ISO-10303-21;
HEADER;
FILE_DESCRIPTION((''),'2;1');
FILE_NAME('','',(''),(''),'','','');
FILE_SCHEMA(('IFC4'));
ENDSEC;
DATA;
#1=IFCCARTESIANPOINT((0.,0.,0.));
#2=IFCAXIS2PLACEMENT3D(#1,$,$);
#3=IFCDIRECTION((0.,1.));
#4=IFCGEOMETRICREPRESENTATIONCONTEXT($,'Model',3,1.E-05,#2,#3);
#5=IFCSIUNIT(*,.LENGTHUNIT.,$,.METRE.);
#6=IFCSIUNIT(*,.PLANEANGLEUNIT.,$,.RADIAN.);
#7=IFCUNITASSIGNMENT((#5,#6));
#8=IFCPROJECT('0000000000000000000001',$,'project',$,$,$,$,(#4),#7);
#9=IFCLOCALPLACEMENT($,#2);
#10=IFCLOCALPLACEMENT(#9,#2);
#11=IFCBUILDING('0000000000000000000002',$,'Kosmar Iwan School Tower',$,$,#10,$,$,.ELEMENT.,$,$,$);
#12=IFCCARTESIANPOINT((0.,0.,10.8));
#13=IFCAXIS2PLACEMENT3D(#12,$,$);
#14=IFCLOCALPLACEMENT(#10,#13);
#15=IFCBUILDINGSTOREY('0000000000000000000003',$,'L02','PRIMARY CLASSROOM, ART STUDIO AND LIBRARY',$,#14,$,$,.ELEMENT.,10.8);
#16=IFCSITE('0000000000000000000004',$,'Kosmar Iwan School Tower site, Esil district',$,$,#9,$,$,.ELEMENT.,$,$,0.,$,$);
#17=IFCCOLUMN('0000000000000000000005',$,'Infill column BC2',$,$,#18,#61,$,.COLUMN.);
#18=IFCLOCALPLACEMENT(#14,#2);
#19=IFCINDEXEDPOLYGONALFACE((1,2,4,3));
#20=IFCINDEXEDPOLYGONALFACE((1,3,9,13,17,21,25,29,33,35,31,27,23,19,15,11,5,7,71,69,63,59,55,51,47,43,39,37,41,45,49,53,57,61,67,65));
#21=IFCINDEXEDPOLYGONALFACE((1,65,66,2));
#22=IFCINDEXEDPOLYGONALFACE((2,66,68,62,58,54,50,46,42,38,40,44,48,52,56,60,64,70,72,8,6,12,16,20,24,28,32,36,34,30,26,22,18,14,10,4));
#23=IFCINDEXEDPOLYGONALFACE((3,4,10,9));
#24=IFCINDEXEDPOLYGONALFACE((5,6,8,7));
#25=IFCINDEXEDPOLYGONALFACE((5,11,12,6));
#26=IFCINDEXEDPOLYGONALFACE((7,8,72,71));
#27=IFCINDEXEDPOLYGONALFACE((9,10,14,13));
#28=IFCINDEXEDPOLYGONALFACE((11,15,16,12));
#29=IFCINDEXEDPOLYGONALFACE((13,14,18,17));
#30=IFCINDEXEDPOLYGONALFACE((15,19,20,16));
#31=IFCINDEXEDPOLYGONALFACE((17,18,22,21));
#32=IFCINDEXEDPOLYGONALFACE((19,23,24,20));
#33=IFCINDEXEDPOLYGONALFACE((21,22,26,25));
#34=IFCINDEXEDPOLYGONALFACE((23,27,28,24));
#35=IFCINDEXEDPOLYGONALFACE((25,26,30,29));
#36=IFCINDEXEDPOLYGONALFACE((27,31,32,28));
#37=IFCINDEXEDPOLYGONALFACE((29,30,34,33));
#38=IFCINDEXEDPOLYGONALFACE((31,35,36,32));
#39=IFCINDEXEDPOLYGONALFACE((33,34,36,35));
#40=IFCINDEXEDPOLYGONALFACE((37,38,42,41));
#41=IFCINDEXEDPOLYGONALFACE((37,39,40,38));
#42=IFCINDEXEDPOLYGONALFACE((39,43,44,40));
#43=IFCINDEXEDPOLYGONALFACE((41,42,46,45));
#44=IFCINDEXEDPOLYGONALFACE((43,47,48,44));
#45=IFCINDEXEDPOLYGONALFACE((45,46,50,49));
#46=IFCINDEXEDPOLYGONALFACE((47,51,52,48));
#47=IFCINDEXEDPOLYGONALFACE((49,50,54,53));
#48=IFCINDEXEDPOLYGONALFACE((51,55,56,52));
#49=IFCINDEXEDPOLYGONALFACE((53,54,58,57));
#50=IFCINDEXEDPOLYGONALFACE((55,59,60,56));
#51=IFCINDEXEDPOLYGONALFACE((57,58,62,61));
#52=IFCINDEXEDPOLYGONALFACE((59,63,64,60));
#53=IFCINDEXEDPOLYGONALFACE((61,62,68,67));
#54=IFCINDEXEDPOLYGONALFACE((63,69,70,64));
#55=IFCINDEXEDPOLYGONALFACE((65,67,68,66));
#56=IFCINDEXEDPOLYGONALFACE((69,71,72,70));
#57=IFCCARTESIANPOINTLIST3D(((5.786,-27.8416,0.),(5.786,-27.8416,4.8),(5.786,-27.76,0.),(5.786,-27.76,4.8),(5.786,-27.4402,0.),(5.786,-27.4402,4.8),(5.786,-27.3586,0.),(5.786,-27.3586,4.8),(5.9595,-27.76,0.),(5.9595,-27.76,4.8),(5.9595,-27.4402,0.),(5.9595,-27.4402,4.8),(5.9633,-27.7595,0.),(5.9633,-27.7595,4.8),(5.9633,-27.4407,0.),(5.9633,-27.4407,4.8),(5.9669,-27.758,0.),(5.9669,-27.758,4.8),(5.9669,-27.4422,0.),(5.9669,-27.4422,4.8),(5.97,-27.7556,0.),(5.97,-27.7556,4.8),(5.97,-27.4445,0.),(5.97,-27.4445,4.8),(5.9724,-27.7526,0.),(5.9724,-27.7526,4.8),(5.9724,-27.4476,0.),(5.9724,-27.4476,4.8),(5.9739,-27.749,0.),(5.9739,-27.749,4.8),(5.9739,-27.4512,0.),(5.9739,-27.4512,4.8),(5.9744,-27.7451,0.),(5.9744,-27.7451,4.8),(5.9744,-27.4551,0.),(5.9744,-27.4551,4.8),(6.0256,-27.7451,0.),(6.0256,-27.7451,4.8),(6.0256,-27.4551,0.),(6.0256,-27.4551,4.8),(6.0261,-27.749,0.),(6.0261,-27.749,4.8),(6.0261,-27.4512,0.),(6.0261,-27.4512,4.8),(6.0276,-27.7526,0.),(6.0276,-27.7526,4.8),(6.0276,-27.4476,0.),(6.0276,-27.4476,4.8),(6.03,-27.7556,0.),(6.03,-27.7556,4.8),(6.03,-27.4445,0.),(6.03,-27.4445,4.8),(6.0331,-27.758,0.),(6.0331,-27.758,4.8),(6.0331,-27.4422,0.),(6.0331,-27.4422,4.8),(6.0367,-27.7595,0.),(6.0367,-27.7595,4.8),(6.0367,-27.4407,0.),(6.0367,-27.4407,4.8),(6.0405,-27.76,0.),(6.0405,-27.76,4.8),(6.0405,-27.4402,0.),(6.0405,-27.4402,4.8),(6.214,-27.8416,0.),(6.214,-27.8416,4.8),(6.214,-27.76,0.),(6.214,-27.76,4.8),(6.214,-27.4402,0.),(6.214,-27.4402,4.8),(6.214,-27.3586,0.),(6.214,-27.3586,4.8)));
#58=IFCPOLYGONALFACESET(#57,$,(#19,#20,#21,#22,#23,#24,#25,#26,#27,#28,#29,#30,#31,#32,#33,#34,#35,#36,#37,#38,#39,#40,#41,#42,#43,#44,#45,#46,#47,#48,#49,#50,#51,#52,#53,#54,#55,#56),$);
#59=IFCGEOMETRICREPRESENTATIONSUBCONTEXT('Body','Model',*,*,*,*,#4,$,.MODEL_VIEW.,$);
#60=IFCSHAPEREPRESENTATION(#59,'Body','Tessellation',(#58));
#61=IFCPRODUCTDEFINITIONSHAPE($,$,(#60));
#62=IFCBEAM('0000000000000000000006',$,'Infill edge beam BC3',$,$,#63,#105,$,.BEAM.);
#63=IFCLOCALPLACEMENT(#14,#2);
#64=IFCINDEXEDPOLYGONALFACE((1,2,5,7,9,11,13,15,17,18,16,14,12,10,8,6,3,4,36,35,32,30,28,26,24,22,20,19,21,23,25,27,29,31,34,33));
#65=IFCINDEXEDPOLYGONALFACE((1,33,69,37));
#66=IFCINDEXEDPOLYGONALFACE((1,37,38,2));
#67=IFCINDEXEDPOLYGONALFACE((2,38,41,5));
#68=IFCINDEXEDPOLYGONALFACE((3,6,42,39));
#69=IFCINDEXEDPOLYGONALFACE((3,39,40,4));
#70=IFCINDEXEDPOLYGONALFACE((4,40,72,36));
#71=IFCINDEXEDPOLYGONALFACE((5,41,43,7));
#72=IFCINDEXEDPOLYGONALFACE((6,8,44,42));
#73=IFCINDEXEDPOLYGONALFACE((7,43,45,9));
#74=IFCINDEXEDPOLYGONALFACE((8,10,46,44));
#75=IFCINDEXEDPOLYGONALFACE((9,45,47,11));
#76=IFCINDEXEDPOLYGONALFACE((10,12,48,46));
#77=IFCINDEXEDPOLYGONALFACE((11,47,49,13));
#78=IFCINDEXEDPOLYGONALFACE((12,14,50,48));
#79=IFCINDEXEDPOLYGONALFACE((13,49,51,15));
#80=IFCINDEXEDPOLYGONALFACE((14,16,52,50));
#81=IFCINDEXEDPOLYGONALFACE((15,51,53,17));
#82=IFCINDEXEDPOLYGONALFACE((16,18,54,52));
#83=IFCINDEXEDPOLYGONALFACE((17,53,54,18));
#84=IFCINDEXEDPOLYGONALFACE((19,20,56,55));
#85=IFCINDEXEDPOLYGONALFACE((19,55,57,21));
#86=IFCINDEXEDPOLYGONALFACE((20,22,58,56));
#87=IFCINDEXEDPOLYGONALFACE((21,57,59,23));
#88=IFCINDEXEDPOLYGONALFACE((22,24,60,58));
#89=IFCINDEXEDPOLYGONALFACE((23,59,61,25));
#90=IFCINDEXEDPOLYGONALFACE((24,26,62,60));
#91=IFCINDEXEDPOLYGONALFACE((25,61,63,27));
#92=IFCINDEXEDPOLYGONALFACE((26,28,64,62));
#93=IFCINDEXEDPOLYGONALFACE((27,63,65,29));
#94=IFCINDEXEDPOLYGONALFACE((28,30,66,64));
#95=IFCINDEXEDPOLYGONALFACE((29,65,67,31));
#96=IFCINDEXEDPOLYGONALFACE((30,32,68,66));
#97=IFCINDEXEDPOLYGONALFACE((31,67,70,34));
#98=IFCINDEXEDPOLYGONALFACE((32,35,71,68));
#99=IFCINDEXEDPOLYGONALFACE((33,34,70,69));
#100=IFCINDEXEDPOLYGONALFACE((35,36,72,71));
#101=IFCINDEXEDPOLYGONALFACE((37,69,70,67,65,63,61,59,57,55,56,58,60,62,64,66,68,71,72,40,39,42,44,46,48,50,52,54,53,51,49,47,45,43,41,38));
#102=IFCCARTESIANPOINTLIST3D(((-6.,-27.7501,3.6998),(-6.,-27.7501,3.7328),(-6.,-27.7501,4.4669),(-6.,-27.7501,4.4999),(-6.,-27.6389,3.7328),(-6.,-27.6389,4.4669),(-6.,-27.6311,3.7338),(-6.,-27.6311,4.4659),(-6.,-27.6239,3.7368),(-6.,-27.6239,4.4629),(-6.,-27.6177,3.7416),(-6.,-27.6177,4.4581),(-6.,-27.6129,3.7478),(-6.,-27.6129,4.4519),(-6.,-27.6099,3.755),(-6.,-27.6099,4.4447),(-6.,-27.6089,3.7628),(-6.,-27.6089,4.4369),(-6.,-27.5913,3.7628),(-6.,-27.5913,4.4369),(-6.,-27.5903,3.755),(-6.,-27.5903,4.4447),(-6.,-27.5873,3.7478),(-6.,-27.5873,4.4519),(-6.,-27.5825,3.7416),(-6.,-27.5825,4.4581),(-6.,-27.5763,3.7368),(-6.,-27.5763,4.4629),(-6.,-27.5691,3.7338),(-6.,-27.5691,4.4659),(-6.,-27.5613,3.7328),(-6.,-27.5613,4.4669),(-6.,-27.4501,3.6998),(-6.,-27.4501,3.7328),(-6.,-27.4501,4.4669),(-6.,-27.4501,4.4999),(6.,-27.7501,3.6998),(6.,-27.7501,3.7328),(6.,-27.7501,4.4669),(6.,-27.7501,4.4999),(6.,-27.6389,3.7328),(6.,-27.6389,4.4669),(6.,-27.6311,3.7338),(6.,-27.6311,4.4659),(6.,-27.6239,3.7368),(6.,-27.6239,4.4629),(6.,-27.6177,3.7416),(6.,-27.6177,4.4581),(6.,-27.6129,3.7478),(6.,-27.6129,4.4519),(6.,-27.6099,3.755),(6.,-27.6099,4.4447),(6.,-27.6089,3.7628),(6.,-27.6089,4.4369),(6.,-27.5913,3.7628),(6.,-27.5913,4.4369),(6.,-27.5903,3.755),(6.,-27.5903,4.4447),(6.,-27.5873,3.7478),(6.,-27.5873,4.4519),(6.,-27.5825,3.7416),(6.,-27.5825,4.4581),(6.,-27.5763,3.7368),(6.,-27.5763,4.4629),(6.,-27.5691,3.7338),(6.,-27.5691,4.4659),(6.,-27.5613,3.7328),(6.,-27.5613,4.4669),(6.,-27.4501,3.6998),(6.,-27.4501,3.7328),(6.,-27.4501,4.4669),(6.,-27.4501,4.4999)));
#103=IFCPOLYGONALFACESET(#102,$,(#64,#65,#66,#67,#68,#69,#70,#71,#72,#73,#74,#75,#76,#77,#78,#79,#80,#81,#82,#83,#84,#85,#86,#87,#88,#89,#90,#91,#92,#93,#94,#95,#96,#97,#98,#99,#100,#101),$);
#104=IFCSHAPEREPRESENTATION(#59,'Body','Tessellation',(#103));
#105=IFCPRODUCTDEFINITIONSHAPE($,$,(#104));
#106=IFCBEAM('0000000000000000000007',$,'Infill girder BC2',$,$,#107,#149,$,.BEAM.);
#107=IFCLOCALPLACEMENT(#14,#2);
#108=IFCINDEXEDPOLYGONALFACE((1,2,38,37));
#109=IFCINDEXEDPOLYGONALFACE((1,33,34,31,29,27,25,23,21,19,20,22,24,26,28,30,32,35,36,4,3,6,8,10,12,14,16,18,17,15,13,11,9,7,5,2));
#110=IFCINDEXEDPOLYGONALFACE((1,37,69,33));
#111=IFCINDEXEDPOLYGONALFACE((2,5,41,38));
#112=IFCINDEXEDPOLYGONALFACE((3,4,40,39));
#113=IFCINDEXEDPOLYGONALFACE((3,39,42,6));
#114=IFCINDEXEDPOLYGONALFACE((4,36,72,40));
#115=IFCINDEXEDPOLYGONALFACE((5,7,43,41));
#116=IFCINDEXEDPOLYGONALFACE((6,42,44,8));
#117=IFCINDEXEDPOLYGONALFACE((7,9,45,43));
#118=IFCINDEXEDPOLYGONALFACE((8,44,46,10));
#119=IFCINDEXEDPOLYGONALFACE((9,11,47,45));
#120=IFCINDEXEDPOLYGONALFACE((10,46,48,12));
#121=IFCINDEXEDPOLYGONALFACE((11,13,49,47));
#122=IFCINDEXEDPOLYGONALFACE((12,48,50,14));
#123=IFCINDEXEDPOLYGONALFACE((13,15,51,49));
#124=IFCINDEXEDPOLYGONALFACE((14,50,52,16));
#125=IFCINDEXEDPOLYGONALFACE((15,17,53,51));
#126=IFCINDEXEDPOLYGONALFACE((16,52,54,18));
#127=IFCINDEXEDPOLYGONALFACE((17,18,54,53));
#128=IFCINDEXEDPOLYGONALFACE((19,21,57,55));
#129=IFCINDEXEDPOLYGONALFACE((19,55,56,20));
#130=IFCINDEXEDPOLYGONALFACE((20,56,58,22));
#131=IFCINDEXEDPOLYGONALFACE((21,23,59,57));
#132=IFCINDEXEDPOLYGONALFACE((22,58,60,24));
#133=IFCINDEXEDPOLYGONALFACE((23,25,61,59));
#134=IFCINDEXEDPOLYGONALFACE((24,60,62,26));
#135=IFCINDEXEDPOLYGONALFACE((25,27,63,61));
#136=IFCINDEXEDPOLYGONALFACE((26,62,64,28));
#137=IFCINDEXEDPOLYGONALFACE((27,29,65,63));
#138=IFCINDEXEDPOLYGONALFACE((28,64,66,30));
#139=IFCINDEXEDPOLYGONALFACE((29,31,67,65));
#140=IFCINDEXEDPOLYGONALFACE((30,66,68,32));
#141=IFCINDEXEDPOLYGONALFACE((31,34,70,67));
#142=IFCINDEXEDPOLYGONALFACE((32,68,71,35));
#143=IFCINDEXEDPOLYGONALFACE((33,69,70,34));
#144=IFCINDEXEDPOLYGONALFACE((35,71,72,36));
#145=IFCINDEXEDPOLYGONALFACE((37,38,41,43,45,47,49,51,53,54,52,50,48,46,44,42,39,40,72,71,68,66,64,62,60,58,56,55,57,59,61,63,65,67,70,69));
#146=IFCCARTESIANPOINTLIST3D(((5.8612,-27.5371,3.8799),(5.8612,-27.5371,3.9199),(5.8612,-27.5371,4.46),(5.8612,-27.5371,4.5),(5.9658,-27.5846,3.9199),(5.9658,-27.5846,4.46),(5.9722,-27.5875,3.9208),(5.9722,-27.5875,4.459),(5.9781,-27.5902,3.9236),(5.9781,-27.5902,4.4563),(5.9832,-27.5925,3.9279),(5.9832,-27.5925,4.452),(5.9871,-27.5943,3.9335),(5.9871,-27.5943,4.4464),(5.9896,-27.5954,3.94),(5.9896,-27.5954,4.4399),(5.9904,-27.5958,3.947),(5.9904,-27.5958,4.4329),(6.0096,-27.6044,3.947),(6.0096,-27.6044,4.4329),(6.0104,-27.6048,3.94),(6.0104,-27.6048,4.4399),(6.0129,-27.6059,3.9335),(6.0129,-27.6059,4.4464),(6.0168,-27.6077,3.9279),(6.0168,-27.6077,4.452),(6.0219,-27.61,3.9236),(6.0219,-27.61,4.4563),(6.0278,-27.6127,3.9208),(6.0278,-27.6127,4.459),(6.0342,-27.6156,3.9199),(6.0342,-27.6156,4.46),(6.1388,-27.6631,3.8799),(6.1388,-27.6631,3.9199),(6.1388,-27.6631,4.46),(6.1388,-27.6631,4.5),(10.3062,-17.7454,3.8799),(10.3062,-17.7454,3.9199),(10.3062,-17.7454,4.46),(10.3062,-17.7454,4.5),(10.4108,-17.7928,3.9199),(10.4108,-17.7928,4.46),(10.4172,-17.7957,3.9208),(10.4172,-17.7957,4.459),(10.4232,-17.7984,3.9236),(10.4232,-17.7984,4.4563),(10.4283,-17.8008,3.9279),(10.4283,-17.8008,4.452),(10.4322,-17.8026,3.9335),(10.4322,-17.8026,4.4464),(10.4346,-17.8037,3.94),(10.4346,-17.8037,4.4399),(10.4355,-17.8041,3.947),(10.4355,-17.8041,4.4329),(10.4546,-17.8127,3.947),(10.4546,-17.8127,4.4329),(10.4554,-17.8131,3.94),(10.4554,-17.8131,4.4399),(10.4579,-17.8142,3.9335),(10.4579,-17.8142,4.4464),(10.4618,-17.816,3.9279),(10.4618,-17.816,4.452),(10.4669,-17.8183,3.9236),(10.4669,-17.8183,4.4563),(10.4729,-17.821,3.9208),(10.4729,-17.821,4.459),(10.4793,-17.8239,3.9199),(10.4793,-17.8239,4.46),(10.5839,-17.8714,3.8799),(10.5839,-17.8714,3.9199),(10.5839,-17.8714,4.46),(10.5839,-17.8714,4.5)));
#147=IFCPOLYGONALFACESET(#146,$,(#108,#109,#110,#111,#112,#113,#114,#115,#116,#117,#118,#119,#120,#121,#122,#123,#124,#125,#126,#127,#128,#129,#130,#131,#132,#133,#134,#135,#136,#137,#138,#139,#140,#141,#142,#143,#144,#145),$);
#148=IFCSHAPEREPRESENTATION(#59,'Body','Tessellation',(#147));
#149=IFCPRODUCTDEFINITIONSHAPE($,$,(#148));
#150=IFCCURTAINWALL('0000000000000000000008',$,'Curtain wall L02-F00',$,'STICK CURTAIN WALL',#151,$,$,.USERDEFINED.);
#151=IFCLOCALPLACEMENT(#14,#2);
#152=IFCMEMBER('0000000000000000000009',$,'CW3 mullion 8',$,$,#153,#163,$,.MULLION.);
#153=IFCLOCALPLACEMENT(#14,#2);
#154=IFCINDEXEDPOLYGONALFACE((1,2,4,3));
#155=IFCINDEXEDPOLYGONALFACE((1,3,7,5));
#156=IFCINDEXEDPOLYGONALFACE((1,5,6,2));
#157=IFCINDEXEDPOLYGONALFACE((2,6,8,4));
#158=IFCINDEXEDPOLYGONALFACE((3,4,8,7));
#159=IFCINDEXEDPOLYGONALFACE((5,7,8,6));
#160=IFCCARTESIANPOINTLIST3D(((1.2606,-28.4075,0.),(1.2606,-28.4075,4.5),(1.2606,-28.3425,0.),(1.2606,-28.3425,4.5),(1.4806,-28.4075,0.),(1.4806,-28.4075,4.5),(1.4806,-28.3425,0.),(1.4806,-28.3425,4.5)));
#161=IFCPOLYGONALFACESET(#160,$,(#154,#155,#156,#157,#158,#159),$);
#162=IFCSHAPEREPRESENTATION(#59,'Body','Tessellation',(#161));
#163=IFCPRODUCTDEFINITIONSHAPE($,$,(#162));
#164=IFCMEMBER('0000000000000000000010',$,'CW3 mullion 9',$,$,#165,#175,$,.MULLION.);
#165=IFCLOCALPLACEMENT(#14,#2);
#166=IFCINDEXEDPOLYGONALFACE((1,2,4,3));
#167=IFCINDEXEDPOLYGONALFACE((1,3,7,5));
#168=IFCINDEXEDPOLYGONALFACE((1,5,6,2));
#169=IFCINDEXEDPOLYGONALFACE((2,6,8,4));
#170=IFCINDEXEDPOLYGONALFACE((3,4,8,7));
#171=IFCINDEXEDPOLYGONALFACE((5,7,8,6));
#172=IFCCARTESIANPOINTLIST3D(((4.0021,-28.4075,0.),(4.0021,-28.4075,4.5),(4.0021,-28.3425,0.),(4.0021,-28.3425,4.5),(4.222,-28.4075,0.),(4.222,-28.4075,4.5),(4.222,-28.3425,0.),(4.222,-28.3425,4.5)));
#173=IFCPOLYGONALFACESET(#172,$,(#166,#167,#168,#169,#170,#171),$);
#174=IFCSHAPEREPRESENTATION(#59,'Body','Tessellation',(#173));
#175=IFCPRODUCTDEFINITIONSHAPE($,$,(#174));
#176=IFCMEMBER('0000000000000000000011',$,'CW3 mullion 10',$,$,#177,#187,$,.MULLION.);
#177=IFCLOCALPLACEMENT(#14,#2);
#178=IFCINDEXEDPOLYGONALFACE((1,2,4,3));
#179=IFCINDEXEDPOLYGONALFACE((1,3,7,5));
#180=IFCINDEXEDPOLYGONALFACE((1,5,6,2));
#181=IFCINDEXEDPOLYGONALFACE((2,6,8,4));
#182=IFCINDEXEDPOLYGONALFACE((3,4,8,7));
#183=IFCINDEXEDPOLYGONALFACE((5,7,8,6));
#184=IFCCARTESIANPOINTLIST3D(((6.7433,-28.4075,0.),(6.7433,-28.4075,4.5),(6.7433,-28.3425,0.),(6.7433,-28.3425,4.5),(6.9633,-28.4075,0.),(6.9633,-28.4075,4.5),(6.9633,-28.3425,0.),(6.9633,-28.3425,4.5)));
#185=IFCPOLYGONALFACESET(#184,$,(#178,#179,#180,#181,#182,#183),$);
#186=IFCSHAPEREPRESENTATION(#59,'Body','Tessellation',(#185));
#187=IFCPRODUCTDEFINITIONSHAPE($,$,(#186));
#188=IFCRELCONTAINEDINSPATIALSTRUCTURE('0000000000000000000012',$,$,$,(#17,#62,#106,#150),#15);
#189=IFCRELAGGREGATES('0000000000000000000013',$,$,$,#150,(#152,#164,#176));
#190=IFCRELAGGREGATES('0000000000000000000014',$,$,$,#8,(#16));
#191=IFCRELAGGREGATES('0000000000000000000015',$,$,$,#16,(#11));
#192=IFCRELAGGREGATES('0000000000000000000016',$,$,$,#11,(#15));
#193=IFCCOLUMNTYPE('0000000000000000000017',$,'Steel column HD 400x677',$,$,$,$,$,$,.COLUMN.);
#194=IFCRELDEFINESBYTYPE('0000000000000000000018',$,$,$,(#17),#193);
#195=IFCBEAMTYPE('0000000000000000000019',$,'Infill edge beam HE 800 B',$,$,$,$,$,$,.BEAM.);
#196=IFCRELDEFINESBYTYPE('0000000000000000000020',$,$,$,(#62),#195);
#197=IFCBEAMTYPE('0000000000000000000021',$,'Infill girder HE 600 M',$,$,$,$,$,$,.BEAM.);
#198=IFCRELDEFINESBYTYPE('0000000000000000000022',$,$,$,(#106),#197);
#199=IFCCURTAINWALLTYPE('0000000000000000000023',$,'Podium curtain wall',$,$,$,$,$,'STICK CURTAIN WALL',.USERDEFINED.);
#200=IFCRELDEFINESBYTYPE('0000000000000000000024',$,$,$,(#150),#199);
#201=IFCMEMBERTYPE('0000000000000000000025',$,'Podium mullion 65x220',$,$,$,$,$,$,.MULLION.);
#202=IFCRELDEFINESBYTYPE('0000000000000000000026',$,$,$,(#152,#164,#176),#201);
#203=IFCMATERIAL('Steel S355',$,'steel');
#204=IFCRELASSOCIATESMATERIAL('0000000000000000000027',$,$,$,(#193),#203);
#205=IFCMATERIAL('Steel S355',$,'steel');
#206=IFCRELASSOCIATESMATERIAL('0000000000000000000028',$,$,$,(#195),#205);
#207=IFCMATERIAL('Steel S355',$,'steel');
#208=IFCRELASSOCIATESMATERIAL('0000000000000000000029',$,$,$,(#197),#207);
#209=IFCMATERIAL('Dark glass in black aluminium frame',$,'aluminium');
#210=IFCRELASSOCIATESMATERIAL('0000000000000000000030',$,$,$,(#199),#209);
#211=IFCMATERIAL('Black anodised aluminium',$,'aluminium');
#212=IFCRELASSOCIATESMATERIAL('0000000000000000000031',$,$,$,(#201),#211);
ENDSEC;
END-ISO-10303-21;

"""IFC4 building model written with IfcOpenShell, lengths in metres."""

from ifc_helpers import new_model, si_unit, direction, frame, origin, origin_2d, place, context, subcontext, project, spatial, rectangle, i_section, extrude, material, material_profile, profile_set, type_object, element, aggregate, save


model = new_model("IFC4")

# Units and contexts
model_context = context("Model", 3, precision=1e-05, world=origin(), true_north=direction((0.0, 1.0)))
body_context = subcontext(model_context, "Body", "Model", "MODEL_VIEW")
ifc_project = project(units=[si_unit("LENGTHUNIT", "METRE"), si_unit("PLANEANGLEUNIT", "RADIAN")], contexts=[model_context])

# Site, building, storey
site_placement = place(None, origin())
site = spatial("IfcSite", under=ifc_project, at=site_placement, Name="Kosmar Iwan School Tower site, Esil district", CompositionType="ELEMENT", RefElevation=0.0)
building_placement = place(site_placement, origin())
building = spatial("IfcBuilding", under=site, at=building_placement, Name="Kosmar Iwan School Tower", CompositionType="ELEMENT")
storey_placement = place(building_placement, frame((0.0, 0.0, 10.8)))
storey = spatial("IfcBuildingStorey", under=building, at=storey_placement, Name="L02", Description="PRIMARY CLASSROOM, ART STUDIO AND LIBRARY", CompositionType="ELEMENT", Elevation=10.8)

# Column
ifc_material_1 = material(Name="Steel S355", Category="steel")
ifc_material_profile_1 = material_profile(ifc_material_1, i_section(OverallWidth=0.428, OverallDepth=0.4829, WebThickness=0.0513, FlangeThickness=0.0815, FilletRadius=0.0149, at=origin_2d()), Name="HD 400x677")
ifc_profile_set_1 = profile_set([ifc_material_profile_1], Name="Steel S355")
column_type = type_object("IfcColumnType", Name="Steel column HD 400x677", PredefinedType="COLUMN", material=ifc_profile_set_1)
column_placement = place(storey_placement, frame((6.0, -27.6001, 0.0), z_axis=(0.0, 0.0, 1.0), x_axis=(1.0, 0.0, 0.0)))
element("IfcColumn", 1, at=column_placement, inside=storey, type_object=column_type, Name="Infill column BC2", PredefinedType="COLUMN", context=body_context, shape_type="SweptSolid", body=[
    extrude(i_section(OverallWidth=0.428, OverallDepth=0.4829, WebThickness=0.0513, FlangeThickness=0.0815, FilletRadius=0.0149, at=origin_2d()), origin(), (0.0, 0.0, 1.0), 4.8),
])

# Beams
ifc_material_2 = material(Name="Steel S355", Category="steel")
ifc_material_profile_2 = material_profile(ifc_material_2, i_section(OverallWidth=0.3, OverallDepth=0.8, WebThickness=0.0176, FlangeThickness=0.033, FilletRadius=0.03, at=origin_2d()), Name="HE 800 B")
ifc_profile_set_2 = profile_set([ifc_material_profile_2], Name="Steel S355")
beam_type_1 = type_object("IfcBeamType", Name="Infill edge beam HE 800 B", PredefinedType="BEAM", material=ifc_profile_set_2)
beam_1_placement = place(storey_placement, frame((6.0, -27.6001, 4.0999), z_axis=(-1.0, 0.0, 0.0), x_axis=(0.0, -1.0, 0.0)))
element("IfcBeam", 2, at=beam_1_placement, inside=storey, type_object=beam_type_1, Name="Infill edge beam BC3", PredefinedType="BEAM", context=body_context, shape_type="SweptSolid", body=[
    extrude(i_section(OverallWidth=0.3, OverallDepth=0.8, WebThickness=0.0176, FlangeThickness=0.033, FilletRadius=0.03, at=origin_2d()), origin(), (0.0, 0.0, 1.0), 12.0),
])
ifc_material_3 = material(Name="Steel S355", Category="steel")
ifc_material_profile_3 = material_profile(ifc_material_3, i_section(OverallWidth=0.3049, OverallDepth=0.6201, WebThickness=0.021, FlangeThickness=0.04, FilletRadius=0.0271, at=origin_2d()), Name="HE 600 M")
ifc_profile_set_3 = profile_set([ifc_material_profile_3], Name="Steel S355")
beam_type_2 = type_object("IfcBeamType", Name="Infill girder HE 600 M", PredefinedType="BEAM", material=ifc_profile_set_3)
beam_2_placement = place(storey_placement, frame((6.0, -27.6001, 4.1899), z_axis=(0.413362, 0.910567, 0.0), x_axis=(-0.910567, 0.413362, 0.0)))
element("IfcBeam", 3, at=beam_2_placement, inside=storey, type_object=beam_type_2, Name="Infill girder BC2", PredefinedType="BEAM", context=body_context, shape_type="SweptSolid", body=[
    extrude(i_section(OverallWidth=0.3049, OverallDepth=0.6201, WebThickness=0.021, FlangeThickness=0.04, FilletRadius=0.0271, at=origin_2d()), origin(), (0.0, 0.0, 1.0), 10.7534),
])

# Curtain wall, members
ifc_material_4 = material(Name="Dark glass in black aluminium frame", Category="aluminium")
curtain_wall_type = type_object("IfcCurtainWallType", Name="Podium curtain wall", ElementType="STICK CURTAIN WALL", PredefinedType="USERDEFINED", material=ifc_material_4)
curtain_wall_placement = place(storey_placement, origin())
curtain_wall = element("IfcCurtainWall", 4, at=curtain_wall_placement, inside=storey, type_object=curtain_wall_type, Name="Curtain wall L02-F00", ObjectType="STICK CURTAIN WALL", PredefinedType="USERDEFINED")
ifc_material_5 = material(Name="Black anodised aluminium", Category="aluminium")
ifc_material_profile_4 = material_profile(ifc_material_5, rectangle(XDim=0.0649, YDim=0.22, at=origin_2d()), Name="MULLION 65x220")
ifc_profile_set_4 = profile_set([ifc_material_profile_4], Name="Black anodised aluminium")
member_type_1 = type_object("IfcMemberType", Name="Podium mullion 65x220", PredefinedType="MULLION", material=ifc_profile_set_4)
member_1_placement = place(storey_placement, frame((1.3706, -28.375, 0.0), z_axis=(0.0, 0.0, 1.0), x_axis=(0.0, 1.0, 0.0)))
member_1 = element("IfcMember", 5, at=member_1_placement, type_object=member_type_1, Name="CW3 mullion 8", PredefinedType="MULLION", context=body_context, shape_type="SweptSolid", body=[
    extrude(rectangle(XDim=0.0649, YDim=0.22, at=origin_2d()), origin(), (0.0, 0.0, 1.0), 4.5),
])
member_2_placement = place(storey_placement, frame((4.1121, -28.375, 0.0), z_axis=(0.0, 0.0, 1.0), x_axis=(0.0, 1.0, 0.0)))
member_2 = element("IfcMember", 6, at=member_2_placement, type_object=member_type_1, Name="CW3 mullion 9", PredefinedType="MULLION", context=body_context, shape_type="SweptSolid", body=[
    extrude(rectangle(XDim=0.0649, YDim=0.22, at=origin_2d()), origin(), (0.0, 0.0, 1.0), 4.5),
])
member_3_placement = place(storey_placement, frame((6.8533, -28.375, 0.0), z_axis=(0.0, 0.0, 1.0), x_axis=(0.0, 1.0, 0.0)))
member_3 = element("IfcMember", 7, at=member_3_placement, type_object=member_type_1, Name="CW3 mullion 10", PredefinedType="MULLION", context=body_context, shape_type="SweptSolid", body=[
    extrude(rectangle(XDim=0.0649, YDim=0.22, at=origin_2d()), origin(), (0.0, 0.0, 1.0), 4.5),
])
aggregate(curtain_wall, [member_1, member_2, member_3])

save(model, "model.ifc")
